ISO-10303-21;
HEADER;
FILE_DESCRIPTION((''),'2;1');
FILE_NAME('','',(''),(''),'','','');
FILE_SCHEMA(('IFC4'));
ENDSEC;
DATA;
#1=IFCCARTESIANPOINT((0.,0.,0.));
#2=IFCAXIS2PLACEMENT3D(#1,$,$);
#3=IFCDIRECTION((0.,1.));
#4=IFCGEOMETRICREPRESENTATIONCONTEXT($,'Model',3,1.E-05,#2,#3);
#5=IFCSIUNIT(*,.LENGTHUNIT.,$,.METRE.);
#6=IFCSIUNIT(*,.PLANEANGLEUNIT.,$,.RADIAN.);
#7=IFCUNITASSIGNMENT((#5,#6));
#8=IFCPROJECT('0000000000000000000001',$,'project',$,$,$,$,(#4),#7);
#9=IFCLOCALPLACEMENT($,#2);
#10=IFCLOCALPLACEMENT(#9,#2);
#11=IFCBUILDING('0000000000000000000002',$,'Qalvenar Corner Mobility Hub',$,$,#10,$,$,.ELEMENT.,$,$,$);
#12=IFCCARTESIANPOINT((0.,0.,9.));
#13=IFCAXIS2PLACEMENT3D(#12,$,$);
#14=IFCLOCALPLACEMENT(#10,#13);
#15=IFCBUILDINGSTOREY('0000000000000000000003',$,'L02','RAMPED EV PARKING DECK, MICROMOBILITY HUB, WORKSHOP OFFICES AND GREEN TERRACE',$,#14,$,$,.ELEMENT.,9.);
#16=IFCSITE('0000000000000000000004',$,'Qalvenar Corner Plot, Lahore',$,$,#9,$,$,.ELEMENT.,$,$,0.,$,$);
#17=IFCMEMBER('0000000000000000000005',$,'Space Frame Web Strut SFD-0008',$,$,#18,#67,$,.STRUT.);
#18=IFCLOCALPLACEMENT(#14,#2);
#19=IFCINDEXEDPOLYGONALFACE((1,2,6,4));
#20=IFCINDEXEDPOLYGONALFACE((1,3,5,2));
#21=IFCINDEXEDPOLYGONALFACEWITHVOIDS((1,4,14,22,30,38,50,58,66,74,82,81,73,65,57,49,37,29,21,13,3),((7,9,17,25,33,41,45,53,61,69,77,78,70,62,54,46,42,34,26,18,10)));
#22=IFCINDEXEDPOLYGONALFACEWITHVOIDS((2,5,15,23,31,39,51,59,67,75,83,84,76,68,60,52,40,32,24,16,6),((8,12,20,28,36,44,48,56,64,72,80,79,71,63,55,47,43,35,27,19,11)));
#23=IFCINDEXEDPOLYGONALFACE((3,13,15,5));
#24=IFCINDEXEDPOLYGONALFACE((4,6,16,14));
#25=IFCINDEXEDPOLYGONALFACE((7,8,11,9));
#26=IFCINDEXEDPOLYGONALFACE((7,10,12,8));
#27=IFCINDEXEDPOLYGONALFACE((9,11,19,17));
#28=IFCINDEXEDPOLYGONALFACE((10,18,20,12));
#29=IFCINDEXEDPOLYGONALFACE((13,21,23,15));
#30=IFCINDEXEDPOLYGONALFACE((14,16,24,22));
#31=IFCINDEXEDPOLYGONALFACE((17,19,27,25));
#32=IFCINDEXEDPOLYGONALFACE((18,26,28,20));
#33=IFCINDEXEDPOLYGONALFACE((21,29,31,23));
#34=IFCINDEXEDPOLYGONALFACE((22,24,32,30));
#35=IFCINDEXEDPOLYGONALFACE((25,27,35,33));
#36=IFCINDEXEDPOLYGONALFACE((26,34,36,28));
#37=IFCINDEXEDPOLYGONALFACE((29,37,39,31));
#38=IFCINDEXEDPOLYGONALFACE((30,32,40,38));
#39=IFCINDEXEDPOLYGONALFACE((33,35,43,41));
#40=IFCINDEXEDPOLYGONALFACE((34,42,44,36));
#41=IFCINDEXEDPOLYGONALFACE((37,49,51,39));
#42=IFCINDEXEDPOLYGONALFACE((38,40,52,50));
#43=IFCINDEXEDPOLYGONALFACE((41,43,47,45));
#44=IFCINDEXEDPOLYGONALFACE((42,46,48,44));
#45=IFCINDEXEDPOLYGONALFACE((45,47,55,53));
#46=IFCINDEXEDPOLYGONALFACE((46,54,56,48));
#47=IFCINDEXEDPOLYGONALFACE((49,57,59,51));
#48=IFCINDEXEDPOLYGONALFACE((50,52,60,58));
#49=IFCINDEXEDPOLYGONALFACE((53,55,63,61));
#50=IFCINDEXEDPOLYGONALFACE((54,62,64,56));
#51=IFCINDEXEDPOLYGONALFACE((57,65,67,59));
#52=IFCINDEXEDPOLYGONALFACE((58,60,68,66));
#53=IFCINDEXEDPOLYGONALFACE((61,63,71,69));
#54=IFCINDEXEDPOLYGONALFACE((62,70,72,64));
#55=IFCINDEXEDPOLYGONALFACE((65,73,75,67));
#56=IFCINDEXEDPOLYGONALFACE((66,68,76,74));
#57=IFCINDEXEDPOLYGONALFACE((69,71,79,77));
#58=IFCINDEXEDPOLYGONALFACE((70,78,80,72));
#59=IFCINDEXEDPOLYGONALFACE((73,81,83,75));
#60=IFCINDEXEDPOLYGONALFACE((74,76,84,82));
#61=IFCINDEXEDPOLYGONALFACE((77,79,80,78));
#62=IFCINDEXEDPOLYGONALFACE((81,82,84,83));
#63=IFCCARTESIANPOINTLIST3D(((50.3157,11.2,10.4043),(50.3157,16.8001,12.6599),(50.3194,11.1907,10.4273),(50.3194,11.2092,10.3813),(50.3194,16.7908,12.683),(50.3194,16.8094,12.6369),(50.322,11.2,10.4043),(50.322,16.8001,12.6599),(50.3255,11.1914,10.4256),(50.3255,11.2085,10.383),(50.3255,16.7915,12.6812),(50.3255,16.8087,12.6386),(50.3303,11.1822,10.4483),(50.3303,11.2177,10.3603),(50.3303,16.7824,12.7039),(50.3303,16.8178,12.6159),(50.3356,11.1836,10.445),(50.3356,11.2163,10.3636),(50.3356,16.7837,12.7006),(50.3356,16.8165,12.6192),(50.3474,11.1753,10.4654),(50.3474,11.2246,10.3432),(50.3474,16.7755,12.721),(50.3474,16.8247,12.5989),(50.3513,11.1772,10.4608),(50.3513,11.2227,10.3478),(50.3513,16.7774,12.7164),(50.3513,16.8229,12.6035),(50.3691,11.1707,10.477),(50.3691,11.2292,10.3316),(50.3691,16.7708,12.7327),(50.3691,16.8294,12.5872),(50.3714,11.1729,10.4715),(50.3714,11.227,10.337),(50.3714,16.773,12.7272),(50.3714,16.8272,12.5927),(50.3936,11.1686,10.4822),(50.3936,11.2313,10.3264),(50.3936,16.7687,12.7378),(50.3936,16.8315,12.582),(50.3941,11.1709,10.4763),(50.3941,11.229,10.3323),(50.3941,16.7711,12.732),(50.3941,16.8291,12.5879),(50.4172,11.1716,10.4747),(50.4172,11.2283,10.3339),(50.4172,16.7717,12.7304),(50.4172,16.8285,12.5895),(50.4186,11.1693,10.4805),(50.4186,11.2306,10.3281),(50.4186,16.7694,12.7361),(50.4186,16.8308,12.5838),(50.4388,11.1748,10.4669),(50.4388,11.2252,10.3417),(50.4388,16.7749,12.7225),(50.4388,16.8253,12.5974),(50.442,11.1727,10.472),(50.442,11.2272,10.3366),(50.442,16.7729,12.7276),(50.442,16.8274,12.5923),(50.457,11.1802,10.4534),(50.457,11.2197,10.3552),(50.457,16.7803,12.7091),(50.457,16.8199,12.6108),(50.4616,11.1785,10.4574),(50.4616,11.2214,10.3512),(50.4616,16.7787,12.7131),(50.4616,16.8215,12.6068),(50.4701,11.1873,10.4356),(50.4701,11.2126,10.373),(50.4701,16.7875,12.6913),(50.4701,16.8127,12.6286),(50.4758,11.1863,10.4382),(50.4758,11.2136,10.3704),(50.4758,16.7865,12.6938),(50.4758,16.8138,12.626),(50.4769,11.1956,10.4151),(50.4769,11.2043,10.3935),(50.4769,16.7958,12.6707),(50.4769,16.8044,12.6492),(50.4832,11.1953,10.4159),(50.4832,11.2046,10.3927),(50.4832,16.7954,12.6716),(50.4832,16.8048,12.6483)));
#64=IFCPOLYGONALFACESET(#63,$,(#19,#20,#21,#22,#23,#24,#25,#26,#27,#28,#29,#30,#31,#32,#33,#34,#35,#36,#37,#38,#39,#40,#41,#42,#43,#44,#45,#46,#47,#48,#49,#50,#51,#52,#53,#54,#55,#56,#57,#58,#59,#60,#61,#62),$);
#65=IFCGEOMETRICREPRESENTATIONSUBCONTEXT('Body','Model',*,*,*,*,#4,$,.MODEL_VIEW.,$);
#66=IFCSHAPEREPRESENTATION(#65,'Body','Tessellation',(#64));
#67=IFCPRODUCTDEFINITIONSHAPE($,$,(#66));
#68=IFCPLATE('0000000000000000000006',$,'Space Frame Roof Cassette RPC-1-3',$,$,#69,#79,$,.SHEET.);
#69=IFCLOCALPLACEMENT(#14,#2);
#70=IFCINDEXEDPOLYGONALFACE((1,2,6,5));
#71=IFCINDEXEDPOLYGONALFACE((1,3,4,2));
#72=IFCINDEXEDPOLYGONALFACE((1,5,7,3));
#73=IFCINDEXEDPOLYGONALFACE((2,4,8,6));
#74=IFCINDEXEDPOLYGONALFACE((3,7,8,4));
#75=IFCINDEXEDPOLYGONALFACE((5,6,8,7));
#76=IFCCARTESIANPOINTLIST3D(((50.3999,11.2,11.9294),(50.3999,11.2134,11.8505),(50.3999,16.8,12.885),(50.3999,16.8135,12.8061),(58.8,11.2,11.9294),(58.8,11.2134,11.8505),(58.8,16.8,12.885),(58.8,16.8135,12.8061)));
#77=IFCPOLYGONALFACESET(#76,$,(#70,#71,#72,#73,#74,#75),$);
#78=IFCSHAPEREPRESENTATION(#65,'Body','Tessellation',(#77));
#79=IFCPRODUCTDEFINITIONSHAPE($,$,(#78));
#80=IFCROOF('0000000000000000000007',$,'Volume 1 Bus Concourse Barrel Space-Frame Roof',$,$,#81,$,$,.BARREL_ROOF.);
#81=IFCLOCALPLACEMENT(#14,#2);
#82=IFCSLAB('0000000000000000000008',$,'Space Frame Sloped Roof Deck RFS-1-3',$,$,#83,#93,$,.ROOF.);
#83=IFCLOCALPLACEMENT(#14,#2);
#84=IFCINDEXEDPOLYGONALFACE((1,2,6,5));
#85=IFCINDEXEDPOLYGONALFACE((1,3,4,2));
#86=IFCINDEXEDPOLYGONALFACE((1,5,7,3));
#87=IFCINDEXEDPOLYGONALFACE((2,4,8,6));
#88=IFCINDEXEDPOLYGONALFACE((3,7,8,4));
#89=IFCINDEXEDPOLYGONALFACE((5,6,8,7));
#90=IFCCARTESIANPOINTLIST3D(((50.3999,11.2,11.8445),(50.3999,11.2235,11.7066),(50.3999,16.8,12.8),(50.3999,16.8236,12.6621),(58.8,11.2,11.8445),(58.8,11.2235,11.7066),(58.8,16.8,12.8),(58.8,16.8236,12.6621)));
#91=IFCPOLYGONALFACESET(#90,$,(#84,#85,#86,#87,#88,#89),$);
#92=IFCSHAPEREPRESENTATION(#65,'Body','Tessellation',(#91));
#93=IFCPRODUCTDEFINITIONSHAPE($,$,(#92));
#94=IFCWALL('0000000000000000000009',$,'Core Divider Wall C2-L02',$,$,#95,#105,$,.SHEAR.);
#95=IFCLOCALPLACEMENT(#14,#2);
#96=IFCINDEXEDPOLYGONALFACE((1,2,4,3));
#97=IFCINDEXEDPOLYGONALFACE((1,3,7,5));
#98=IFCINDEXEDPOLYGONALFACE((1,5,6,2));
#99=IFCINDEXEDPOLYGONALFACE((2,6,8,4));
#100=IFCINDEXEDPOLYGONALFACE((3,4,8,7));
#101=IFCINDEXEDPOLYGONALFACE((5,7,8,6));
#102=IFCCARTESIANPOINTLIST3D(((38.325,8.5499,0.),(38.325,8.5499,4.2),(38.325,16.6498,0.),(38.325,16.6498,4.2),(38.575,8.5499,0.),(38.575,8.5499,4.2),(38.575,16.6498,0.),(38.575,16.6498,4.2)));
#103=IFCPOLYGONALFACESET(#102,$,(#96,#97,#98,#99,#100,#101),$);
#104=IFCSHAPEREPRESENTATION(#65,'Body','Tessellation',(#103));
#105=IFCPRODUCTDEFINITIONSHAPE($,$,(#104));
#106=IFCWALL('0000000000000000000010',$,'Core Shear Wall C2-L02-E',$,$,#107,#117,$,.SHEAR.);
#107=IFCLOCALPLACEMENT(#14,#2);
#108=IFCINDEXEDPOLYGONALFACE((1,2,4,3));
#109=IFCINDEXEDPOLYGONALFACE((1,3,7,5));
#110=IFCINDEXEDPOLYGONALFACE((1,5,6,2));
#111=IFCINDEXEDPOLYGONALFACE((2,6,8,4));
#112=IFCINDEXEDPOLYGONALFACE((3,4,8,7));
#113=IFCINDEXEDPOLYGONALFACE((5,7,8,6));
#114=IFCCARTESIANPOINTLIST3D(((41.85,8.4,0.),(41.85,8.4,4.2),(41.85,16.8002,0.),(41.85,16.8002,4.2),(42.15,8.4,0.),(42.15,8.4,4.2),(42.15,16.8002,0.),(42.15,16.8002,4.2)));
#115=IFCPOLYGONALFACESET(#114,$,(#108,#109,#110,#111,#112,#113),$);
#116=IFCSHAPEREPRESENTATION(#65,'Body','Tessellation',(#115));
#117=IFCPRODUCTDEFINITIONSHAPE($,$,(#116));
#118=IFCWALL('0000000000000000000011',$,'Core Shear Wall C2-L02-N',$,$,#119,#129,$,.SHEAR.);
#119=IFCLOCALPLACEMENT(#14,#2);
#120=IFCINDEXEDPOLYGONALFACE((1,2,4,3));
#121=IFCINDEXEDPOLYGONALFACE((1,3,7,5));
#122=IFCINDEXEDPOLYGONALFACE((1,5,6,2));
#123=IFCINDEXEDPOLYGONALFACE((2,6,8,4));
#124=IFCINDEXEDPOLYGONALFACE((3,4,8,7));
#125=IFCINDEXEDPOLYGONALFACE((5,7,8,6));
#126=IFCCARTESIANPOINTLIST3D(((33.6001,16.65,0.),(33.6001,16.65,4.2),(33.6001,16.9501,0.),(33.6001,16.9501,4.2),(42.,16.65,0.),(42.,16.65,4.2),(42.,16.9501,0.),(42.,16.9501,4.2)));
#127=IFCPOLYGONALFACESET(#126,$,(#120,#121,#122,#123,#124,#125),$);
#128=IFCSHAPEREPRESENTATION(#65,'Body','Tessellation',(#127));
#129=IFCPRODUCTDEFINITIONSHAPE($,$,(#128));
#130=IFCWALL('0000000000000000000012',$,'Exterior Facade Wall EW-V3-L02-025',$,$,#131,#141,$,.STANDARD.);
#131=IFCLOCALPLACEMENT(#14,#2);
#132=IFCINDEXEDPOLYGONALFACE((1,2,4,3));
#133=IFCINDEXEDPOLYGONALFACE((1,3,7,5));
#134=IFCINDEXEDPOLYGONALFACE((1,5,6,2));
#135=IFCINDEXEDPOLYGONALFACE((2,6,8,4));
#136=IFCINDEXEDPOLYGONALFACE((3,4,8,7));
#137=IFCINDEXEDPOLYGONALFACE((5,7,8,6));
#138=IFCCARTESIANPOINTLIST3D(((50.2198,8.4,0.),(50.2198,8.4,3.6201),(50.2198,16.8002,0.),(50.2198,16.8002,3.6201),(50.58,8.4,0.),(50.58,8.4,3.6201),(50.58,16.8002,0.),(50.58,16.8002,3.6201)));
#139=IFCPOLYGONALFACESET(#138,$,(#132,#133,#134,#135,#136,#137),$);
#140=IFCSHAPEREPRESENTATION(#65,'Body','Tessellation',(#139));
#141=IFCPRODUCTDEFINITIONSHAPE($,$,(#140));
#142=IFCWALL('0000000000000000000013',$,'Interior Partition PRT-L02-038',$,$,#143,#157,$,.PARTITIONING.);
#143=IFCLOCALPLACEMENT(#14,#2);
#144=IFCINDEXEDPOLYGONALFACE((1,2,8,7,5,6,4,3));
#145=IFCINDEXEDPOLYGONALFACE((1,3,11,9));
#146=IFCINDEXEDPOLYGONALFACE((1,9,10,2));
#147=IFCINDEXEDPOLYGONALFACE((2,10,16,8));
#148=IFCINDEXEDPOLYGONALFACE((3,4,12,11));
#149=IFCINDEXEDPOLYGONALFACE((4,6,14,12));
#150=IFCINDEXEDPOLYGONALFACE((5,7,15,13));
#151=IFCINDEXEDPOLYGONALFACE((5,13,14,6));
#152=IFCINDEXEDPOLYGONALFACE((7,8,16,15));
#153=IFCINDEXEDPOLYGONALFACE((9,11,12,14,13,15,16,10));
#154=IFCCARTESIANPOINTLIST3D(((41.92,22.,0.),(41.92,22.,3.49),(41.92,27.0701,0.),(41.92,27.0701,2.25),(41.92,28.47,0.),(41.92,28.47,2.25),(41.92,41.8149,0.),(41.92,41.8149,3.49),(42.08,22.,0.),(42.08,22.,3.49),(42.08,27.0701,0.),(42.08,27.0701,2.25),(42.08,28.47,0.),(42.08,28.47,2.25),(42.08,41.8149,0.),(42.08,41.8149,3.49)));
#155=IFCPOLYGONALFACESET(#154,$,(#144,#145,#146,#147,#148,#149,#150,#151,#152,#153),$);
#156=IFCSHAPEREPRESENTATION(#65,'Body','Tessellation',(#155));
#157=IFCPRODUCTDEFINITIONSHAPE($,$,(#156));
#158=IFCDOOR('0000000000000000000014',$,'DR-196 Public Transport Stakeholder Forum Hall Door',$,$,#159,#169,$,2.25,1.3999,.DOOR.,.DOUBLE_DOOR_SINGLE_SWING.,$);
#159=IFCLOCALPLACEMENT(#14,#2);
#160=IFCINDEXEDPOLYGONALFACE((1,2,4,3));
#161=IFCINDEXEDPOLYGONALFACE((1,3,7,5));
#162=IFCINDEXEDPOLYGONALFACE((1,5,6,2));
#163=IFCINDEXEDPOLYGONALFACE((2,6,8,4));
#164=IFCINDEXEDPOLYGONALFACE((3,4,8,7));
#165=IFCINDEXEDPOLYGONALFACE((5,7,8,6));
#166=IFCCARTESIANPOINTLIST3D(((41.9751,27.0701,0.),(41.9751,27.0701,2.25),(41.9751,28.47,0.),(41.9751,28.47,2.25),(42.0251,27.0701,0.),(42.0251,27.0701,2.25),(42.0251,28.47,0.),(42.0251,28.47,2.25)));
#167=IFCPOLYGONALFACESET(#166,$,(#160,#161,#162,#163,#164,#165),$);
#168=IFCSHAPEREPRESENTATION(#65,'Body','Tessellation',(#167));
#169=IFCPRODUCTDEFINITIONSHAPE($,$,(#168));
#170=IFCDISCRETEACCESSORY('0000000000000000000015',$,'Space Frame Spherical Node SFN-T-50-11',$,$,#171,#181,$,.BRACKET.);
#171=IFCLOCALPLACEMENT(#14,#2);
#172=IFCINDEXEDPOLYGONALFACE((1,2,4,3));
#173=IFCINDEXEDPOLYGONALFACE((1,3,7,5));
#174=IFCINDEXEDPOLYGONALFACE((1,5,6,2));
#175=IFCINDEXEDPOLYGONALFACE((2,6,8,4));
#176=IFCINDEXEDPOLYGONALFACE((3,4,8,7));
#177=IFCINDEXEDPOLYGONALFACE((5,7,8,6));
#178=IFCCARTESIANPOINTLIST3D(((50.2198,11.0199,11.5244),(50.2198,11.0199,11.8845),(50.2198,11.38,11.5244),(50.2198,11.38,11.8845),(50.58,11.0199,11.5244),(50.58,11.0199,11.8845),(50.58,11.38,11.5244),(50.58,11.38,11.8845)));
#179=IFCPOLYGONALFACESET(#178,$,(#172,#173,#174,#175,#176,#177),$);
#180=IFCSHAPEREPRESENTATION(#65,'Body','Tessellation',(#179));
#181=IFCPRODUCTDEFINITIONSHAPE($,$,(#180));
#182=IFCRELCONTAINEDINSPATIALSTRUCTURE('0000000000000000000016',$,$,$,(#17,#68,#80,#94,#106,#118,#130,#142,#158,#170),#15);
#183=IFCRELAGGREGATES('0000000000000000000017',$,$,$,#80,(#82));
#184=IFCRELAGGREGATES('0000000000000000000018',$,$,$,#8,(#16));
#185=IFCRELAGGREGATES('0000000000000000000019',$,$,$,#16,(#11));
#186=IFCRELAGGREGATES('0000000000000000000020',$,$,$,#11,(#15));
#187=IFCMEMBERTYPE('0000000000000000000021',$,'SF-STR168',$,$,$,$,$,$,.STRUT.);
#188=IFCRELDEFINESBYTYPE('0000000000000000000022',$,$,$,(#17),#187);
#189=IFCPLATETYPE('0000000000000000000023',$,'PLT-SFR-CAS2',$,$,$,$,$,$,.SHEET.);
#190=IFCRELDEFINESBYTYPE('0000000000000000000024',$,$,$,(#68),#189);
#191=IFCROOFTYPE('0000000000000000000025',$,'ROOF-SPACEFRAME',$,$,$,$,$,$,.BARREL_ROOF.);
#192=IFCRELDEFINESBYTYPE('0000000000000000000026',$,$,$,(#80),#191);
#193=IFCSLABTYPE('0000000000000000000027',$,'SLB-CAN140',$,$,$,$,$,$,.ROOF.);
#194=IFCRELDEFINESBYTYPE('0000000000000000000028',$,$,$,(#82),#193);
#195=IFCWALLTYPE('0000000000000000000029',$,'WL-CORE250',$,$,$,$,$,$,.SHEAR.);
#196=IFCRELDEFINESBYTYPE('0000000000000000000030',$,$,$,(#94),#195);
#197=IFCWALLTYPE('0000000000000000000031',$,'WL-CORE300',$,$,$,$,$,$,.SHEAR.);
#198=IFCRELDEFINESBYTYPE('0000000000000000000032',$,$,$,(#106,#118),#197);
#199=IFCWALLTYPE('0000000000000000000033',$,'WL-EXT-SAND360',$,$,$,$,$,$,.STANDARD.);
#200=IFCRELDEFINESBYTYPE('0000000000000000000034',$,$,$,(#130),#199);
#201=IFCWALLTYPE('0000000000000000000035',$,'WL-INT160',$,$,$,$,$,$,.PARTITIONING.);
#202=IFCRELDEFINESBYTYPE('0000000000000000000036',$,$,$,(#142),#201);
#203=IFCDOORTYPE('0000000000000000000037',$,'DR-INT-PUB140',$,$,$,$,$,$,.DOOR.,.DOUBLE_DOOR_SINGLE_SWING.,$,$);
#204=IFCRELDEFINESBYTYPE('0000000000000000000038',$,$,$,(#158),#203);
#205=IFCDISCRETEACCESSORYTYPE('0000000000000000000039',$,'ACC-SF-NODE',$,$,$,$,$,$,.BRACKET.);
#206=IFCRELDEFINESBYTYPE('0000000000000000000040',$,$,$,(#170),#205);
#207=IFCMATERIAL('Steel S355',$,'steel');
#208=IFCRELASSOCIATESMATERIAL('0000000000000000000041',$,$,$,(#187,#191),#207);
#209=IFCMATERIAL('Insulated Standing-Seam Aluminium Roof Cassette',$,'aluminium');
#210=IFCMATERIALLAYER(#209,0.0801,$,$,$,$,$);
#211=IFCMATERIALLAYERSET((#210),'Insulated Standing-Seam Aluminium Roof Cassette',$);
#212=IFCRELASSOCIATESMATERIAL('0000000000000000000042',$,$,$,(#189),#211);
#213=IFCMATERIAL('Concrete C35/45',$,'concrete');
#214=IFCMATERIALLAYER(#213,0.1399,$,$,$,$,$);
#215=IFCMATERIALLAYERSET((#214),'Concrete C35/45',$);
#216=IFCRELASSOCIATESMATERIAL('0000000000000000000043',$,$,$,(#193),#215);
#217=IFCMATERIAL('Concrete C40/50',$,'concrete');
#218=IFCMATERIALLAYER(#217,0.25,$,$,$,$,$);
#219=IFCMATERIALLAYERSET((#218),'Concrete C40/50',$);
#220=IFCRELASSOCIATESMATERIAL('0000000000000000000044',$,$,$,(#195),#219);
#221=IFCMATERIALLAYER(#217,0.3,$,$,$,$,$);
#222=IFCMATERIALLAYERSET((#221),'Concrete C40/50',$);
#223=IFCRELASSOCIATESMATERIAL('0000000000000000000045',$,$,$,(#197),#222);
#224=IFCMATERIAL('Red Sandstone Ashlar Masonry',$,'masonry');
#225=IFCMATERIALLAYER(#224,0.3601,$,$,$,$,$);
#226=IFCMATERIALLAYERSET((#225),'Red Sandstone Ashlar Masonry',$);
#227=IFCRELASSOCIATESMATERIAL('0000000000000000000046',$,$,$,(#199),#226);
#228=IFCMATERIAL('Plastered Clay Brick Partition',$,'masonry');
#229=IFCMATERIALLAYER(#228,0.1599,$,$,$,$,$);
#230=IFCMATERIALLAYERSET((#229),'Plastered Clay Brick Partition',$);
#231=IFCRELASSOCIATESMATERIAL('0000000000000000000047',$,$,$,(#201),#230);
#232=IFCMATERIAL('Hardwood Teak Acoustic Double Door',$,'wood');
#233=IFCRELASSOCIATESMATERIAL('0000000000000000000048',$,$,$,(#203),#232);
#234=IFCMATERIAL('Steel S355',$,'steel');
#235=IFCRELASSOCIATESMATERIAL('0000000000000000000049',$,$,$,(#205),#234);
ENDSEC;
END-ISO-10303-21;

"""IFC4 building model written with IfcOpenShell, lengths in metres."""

from ifc_helpers import new_model, si_unit, direction, frame, frame_2d, origin, origin_2d, place, context, subcontext, project, spatial, polyline, rectangle, hollow_circle, outline, extrude, material, layer, layer_set, material_profile, profile_set, type_object, element, fill, aggregate, save


model = new_model("IFC4")

# Units and contexts
model_context = context("Model", 3, precision=1e-05, world=origin(), true_north=direction((0.0, 1.0)))
body_context = subcontext(model_context, "Body", "Model", "MODEL_VIEW")
ifc_project = project(units=[si_unit("LENGTHUNIT", "METRE"), si_unit("PLANEANGLEUNIT", "RADIAN")], contexts=[model_context])

# Site, building, storey
site_placement = place(None, origin())
site = spatial("IfcSite", under=ifc_project, at=site_placement, Name="Qalvenar Corner Plot, Lahore", CompositionType="ELEMENT", RefElevation=0.0)
building_placement = place(site_placement, origin())
building = spatial("IfcBuilding", under=site, at=building_placement, Name="Qalvenar Corner Mobility Hub", CompositionType="ELEMENT")
storey_placement = place(building_placement, frame((0.0, 0.0, 9.0)))
storey = spatial("IfcBuildingStorey", under=building, at=storey_placement, Name="L02", Description="RAMPED EV PARKING DECK, MICROMOBILITY HUB, WORKSHOP OFFICES AND GREEN TERRACE", CompositionType="ELEMENT", Elevation=9.0)

# Shared definitions
ifc_material_1 = material(Name="Steel S355", Category="steel")

# Member
ifc_material_2 = material(Name="Steel S355", Category="steel")
ifc_material_profile_1 = material_profile(ifc_material_2, hollow_circle(Radius=0.0842, WallThickness=0.0063, at=origin_2d()), Name="CHS168.3x6.3")
ifc_profile_set_1 = profile_set([ifc_material_profile_1], Name="Steel S355")
member_type_1 = type_object("IfcMemberType", Name="SF-STR168", PredefinedType="STRUT", material=ifc_profile_set_1)
member_1_placement = place(storey_placement, frame((50.3999, 11.2, 10.4043), z_axis=(0.0, 0.927584, 0.373614), x_axis=(-1.0, 0.0, 0.0)))
element("IfcMember", 1, at=member_1_placement, inside=storey, type_object=member_type_1, Name="Space Frame Web Strut SFD-0008", PredefinedType="STRUT", context=body_context, shape_type="SweptSolid", body=[
    extrude(hollow_circle(Radius=0.0842, WallThickness=0.0063, at=origin_2d()), origin(), (0.0, 0.0, 1.0), 6.0374),
])

# Plate
ifc_material_3 = material(Name="Insulated Standing-Seam Aluminium Roof Cassette", Category="aluminium")
ifc_layer_1 = layer(ifc_material_3, 0.0801)
ifc_layer_set_1 = layer_set([ifc_layer_1], Name="Insulated Standing-Seam Aluminium Roof Cassette")
plate_type = type_object("IfcPlateType", Name="PLT-SFR-CAS2", PredefinedType="SHEET", material=ifc_layer_set_1)
plate_placement = place(storey_placement, frame((50.3999, 11.2, 11.9294), z_axis=(0.0, -0.168203, 0.985752), x_axis=(1.0, 0.0, 0.0)))
element("IfcPlate", 2, at=plate_placement, inside=storey, type_object=plate_type, Name="Space Frame Roof Cassette RPC-1-3", PredefinedType="SHEET", context=body_context, shape_type="SweptSolid", body=[
    extrude(outline(polyline([(0.0, 0.0), (8.4001, 0.0), (8.4001, 5.681), (0.0, 5.681), (0.0, 0.0)])), origin(), (0.0, 0.0, -1.0), 0.0801),
])

# Roof, slab
roof_type = type_object("IfcRoofType", Name="ROOF-SPACEFRAME", PredefinedType="BARREL_ROOF", material=ifc_material_2)
roof_placement = place(storey_placement, origin())
roof = element("IfcRoof", 3, at=roof_placement, inside=storey, type_object=roof_type, Name="Volume 1 Bus Concourse Barrel Space-Frame Roof", PredefinedType="BARREL_ROOF")
ifc_material_4 = material(Name="Concrete C35/45", Category="concrete")
ifc_layer_2 = layer(ifc_material_4, 0.1399)
ifc_layer_set_2 = layer_set([ifc_layer_2], Name="Concrete C35/45")
slab_type = type_object("IfcSlabType", Name="SLB-CAN140", PredefinedType="ROOF", material=ifc_layer_set_2)
slab_placement = place(storey_placement, frame((50.3999, 11.2, 11.8445), z_axis=(0.0, -0.168203, 0.985752), x_axis=(1.0, 0.0, 0.0)))
slab = element("IfcSlab", 4, at=slab_placement, type_object=slab_type, Name="Space Frame Sloped Roof Deck RFS-1-3", PredefinedType="ROOF", context=body_context, shape_type="SweptSolid", body=[
    extrude(outline(polyline([(0.0, 0.0), (8.4001, 0.0), (8.4001, 5.681), (0.0, 5.681), (0.0, 0.0)])), origin(), (0.0, 0.0, -1.0), 0.1399),
])
aggregate(roof, [slab])

# Walls
ifc_material_5 = material(Name="Concrete C40/50", Category="concrete")
ifc_layer_3 = layer(ifc_material_5, 0.25)
ifc_layer_set_3 = layer_set([ifc_layer_3], Name="Concrete C40/50")
wall_type_1 = type_object("IfcWallType", Name="WL-CORE250", PredefinedType="SHEAR", material=ifc_layer_set_3)
wall_1_placement = place(storey_placement, frame((38.45, 8.55, 0.0), z_axis=(0.0, 0.0, 1.0), x_axis=(0.0, 1.0, 0.0)))
element("IfcWall", 5, at=wall_1_placement, inside=storey, type_object=wall_type_1, Name="Core Divider Wall C2-L02", PredefinedType="SHEAR", context=body_context, shape_type="SweptSolid", body=[
    extrude(rectangle(XDim=8.0999, YDim=0.25, at=frame_2d((4.0498, 0.0))), origin(), (0.0, 0.0, 1.0), 4.2),
])
ifc_layer_4 = layer(ifc_material_5, 0.3)
ifc_layer_set_4 = layer_set([ifc_layer_4], Name="Concrete C40/50")
wall_type_2 = type_object("IfcWallType", Name="WL-CORE300", PredefinedType="SHEAR", material=ifc_layer_set_4)
wall_2_placement = place(storey_placement, frame((42.0, 8.3999, 0.0), z_axis=(0.0, 0.0, 1.0), x_axis=(0.0, 1.0, 0.0)))
element("IfcWall", 6, at=wall_2_placement, inside=storey, type_object=wall_type_2, Name="Core Shear Wall C2-L02-E", PredefinedType="SHEAR", context=body_context, shape_type="SweptSolid", body=[
    extrude(rectangle(XDim=8.4001, YDim=0.3, at=frame_2d((4.2002, 0.0))), origin(), (0.0, 0.0, 1.0), 4.2),
])
wall_3_placement = place(storey_placement, frame((42.0, 16.8, 0.0), z_axis=(0.0, 0.0, 1.0), x_axis=(-1.0, 0.0, 0.0)))
element("IfcWall", 7, at=wall_3_placement, inside=storey, type_object=wall_type_2, Name="Core Shear Wall C2-L02-N", PredefinedType="SHEAR", context=body_context, shape_type="SweptSolid", body=[
    extrude(rectangle(XDim=8.3999, YDim=0.3, at=frame_2d((4.2, 0.0))), origin(), (0.0, 0.0, 1.0), 4.2),
])
ifc_material_6 = material(Name="Red Sandstone Ashlar Masonry", Category="masonry")
ifc_layer_5 = layer(ifc_material_6, 0.3601)
ifc_layer_set_5 = layer_set([ifc_layer_5], Name="Red Sandstone Ashlar Masonry")
wall_type_3 = type_object("IfcWallType", Name="WL-EXT-SAND360", PredefinedType="STANDARD", material=ifc_layer_set_5)
wall_4_placement = place(storey_placement, frame((50.3999, 8.3999, 0.0), z_axis=(0.0, 0.0, 1.0), x_axis=(0.0, 1.0, 0.0)))
element("IfcWall", 8, at=wall_4_placement, inside=storey, type_object=wall_type_3, Name="Exterior Facade Wall EW-V3-L02-025", PredefinedType="STANDARD", context=body_context, shape_type="SweptSolid", body=[
    extrude(rectangle(XDim=8.4001, YDim=0.3601, at=frame_2d((4.2002, 0.0))), origin(), (0.0, 0.0, 1.0), 3.6201),
])

# Wall, opening, door
ifc_material_7 = material(Name="Plastered Clay Brick Partition", Category="masonry")
ifc_layer_6 = layer(ifc_material_7, 0.1599)
ifc_layer_set_6 = layer_set([ifc_layer_6], Name="Plastered Clay Brick Partition")
wall_type_4 = type_object("IfcWallType", Name="WL-INT160", PredefinedType="PARTITIONING", material=ifc_layer_set_6)
wall_5_placement = place(storey_placement, frame((42.0, 22.0, 0.0), z_axis=(0.0, 0.0, 1.0), x_axis=(0.0, 1.0, 0.0)))
wall_5 = element("IfcWall", 9, at=wall_5_placement, inside=storey, type_object=wall_type_4, Name="Interior Partition PRT-L02-038", PredefinedType="PARTITIONING", context=body_context, shape_type="SweptSolid", body=[
    extrude(rectangle(XDim=19.8149, YDim=0.1599, at=frame_2d((9.9075, 0.0))), origin(), (0.0, 0.0, 1.0), 3.49),
])
opening_placement = place(wall_5_placement, frame((5.0701, 0.0, 0.0)))
opening = element("IfcOpeningElement", 10, at=opening_placement, cuts=wall_5, PredefinedType="OPENING", context=body_context, shape_type="SweptSolid", body=[
    extrude(rectangle(XDim=1.3999, YDim=2.25, at=frame_2d((0.7, 1.125))), frame((0.0, 0.0898, 0.0), z_axis=(0.0, -1.0, 0.0), x_axis=(1.0, 0.0, 0.0)), (0.0, 0.0, 1.0), 0.1799),
])
ifc_material_8 = material(Name="Hardwood Teak Acoustic Double Door", Category="wood")
door_type = type_object("IfcDoorType", Name="DR-INT-PUB140", OperationType="DOUBLE_DOOR_SINGLE_SWING", PredefinedType="DOOR", material=ifc_material_8)
door_placement = place(opening_placement, origin())
door = element("IfcDoor", 11, at=door_placement, inside=storey, type_object=door_type, Name="DR-196 Public Transport Stakeholder Forum Hall Door", OperationType="DOUBLE_DOOR_SINGLE_SWING", OverallHeight=2.25, OverallWidth=1.3999, PredefinedType="DOOR", context=body_context, shape_type="SweptSolid", body=[
    extrude(rectangle(XDim=1.3999, YDim=2.25, at=frame_2d((0.7, 1.125))), frame((0.0, 0.0249, 0.0), z_axis=(0.0, -1.0, 0.0), x_axis=(1.0, 0.0, 0.0)), (0.0, 0.0, 1.0), 0.05),
])
fill(opening, door)

# Discrete accessory
discrete_accessory_type = type_object("IfcDiscreteAccessoryType", Name="ACC-SF-NODE", PredefinedType="BRACKET", material=ifc_material_1)
discrete_accessory_1_placement = place(storey_placement, frame((50.3999, 11.2, 11.5244), z_axis=(0.0, 0.0, 1.0), x_axis=(1.0, 0.0, 0.0)))
element("IfcDiscreteAccessory", 12, at=discrete_accessory_1_placement, inside=storey, type_object=discrete_accessory_type, Name="Space Frame Spherical Node SFN-T-50-11", PredefinedType="BRACKET", context=body_context, shape_type="SweptSolid", body=[
    extrude(rectangle(XDim=0.3601, YDim=0.3601, at=origin_2d()), origin(), (0.0, 0.0, 1.0), 0.3601),
])

save(model, "model.ifc")
